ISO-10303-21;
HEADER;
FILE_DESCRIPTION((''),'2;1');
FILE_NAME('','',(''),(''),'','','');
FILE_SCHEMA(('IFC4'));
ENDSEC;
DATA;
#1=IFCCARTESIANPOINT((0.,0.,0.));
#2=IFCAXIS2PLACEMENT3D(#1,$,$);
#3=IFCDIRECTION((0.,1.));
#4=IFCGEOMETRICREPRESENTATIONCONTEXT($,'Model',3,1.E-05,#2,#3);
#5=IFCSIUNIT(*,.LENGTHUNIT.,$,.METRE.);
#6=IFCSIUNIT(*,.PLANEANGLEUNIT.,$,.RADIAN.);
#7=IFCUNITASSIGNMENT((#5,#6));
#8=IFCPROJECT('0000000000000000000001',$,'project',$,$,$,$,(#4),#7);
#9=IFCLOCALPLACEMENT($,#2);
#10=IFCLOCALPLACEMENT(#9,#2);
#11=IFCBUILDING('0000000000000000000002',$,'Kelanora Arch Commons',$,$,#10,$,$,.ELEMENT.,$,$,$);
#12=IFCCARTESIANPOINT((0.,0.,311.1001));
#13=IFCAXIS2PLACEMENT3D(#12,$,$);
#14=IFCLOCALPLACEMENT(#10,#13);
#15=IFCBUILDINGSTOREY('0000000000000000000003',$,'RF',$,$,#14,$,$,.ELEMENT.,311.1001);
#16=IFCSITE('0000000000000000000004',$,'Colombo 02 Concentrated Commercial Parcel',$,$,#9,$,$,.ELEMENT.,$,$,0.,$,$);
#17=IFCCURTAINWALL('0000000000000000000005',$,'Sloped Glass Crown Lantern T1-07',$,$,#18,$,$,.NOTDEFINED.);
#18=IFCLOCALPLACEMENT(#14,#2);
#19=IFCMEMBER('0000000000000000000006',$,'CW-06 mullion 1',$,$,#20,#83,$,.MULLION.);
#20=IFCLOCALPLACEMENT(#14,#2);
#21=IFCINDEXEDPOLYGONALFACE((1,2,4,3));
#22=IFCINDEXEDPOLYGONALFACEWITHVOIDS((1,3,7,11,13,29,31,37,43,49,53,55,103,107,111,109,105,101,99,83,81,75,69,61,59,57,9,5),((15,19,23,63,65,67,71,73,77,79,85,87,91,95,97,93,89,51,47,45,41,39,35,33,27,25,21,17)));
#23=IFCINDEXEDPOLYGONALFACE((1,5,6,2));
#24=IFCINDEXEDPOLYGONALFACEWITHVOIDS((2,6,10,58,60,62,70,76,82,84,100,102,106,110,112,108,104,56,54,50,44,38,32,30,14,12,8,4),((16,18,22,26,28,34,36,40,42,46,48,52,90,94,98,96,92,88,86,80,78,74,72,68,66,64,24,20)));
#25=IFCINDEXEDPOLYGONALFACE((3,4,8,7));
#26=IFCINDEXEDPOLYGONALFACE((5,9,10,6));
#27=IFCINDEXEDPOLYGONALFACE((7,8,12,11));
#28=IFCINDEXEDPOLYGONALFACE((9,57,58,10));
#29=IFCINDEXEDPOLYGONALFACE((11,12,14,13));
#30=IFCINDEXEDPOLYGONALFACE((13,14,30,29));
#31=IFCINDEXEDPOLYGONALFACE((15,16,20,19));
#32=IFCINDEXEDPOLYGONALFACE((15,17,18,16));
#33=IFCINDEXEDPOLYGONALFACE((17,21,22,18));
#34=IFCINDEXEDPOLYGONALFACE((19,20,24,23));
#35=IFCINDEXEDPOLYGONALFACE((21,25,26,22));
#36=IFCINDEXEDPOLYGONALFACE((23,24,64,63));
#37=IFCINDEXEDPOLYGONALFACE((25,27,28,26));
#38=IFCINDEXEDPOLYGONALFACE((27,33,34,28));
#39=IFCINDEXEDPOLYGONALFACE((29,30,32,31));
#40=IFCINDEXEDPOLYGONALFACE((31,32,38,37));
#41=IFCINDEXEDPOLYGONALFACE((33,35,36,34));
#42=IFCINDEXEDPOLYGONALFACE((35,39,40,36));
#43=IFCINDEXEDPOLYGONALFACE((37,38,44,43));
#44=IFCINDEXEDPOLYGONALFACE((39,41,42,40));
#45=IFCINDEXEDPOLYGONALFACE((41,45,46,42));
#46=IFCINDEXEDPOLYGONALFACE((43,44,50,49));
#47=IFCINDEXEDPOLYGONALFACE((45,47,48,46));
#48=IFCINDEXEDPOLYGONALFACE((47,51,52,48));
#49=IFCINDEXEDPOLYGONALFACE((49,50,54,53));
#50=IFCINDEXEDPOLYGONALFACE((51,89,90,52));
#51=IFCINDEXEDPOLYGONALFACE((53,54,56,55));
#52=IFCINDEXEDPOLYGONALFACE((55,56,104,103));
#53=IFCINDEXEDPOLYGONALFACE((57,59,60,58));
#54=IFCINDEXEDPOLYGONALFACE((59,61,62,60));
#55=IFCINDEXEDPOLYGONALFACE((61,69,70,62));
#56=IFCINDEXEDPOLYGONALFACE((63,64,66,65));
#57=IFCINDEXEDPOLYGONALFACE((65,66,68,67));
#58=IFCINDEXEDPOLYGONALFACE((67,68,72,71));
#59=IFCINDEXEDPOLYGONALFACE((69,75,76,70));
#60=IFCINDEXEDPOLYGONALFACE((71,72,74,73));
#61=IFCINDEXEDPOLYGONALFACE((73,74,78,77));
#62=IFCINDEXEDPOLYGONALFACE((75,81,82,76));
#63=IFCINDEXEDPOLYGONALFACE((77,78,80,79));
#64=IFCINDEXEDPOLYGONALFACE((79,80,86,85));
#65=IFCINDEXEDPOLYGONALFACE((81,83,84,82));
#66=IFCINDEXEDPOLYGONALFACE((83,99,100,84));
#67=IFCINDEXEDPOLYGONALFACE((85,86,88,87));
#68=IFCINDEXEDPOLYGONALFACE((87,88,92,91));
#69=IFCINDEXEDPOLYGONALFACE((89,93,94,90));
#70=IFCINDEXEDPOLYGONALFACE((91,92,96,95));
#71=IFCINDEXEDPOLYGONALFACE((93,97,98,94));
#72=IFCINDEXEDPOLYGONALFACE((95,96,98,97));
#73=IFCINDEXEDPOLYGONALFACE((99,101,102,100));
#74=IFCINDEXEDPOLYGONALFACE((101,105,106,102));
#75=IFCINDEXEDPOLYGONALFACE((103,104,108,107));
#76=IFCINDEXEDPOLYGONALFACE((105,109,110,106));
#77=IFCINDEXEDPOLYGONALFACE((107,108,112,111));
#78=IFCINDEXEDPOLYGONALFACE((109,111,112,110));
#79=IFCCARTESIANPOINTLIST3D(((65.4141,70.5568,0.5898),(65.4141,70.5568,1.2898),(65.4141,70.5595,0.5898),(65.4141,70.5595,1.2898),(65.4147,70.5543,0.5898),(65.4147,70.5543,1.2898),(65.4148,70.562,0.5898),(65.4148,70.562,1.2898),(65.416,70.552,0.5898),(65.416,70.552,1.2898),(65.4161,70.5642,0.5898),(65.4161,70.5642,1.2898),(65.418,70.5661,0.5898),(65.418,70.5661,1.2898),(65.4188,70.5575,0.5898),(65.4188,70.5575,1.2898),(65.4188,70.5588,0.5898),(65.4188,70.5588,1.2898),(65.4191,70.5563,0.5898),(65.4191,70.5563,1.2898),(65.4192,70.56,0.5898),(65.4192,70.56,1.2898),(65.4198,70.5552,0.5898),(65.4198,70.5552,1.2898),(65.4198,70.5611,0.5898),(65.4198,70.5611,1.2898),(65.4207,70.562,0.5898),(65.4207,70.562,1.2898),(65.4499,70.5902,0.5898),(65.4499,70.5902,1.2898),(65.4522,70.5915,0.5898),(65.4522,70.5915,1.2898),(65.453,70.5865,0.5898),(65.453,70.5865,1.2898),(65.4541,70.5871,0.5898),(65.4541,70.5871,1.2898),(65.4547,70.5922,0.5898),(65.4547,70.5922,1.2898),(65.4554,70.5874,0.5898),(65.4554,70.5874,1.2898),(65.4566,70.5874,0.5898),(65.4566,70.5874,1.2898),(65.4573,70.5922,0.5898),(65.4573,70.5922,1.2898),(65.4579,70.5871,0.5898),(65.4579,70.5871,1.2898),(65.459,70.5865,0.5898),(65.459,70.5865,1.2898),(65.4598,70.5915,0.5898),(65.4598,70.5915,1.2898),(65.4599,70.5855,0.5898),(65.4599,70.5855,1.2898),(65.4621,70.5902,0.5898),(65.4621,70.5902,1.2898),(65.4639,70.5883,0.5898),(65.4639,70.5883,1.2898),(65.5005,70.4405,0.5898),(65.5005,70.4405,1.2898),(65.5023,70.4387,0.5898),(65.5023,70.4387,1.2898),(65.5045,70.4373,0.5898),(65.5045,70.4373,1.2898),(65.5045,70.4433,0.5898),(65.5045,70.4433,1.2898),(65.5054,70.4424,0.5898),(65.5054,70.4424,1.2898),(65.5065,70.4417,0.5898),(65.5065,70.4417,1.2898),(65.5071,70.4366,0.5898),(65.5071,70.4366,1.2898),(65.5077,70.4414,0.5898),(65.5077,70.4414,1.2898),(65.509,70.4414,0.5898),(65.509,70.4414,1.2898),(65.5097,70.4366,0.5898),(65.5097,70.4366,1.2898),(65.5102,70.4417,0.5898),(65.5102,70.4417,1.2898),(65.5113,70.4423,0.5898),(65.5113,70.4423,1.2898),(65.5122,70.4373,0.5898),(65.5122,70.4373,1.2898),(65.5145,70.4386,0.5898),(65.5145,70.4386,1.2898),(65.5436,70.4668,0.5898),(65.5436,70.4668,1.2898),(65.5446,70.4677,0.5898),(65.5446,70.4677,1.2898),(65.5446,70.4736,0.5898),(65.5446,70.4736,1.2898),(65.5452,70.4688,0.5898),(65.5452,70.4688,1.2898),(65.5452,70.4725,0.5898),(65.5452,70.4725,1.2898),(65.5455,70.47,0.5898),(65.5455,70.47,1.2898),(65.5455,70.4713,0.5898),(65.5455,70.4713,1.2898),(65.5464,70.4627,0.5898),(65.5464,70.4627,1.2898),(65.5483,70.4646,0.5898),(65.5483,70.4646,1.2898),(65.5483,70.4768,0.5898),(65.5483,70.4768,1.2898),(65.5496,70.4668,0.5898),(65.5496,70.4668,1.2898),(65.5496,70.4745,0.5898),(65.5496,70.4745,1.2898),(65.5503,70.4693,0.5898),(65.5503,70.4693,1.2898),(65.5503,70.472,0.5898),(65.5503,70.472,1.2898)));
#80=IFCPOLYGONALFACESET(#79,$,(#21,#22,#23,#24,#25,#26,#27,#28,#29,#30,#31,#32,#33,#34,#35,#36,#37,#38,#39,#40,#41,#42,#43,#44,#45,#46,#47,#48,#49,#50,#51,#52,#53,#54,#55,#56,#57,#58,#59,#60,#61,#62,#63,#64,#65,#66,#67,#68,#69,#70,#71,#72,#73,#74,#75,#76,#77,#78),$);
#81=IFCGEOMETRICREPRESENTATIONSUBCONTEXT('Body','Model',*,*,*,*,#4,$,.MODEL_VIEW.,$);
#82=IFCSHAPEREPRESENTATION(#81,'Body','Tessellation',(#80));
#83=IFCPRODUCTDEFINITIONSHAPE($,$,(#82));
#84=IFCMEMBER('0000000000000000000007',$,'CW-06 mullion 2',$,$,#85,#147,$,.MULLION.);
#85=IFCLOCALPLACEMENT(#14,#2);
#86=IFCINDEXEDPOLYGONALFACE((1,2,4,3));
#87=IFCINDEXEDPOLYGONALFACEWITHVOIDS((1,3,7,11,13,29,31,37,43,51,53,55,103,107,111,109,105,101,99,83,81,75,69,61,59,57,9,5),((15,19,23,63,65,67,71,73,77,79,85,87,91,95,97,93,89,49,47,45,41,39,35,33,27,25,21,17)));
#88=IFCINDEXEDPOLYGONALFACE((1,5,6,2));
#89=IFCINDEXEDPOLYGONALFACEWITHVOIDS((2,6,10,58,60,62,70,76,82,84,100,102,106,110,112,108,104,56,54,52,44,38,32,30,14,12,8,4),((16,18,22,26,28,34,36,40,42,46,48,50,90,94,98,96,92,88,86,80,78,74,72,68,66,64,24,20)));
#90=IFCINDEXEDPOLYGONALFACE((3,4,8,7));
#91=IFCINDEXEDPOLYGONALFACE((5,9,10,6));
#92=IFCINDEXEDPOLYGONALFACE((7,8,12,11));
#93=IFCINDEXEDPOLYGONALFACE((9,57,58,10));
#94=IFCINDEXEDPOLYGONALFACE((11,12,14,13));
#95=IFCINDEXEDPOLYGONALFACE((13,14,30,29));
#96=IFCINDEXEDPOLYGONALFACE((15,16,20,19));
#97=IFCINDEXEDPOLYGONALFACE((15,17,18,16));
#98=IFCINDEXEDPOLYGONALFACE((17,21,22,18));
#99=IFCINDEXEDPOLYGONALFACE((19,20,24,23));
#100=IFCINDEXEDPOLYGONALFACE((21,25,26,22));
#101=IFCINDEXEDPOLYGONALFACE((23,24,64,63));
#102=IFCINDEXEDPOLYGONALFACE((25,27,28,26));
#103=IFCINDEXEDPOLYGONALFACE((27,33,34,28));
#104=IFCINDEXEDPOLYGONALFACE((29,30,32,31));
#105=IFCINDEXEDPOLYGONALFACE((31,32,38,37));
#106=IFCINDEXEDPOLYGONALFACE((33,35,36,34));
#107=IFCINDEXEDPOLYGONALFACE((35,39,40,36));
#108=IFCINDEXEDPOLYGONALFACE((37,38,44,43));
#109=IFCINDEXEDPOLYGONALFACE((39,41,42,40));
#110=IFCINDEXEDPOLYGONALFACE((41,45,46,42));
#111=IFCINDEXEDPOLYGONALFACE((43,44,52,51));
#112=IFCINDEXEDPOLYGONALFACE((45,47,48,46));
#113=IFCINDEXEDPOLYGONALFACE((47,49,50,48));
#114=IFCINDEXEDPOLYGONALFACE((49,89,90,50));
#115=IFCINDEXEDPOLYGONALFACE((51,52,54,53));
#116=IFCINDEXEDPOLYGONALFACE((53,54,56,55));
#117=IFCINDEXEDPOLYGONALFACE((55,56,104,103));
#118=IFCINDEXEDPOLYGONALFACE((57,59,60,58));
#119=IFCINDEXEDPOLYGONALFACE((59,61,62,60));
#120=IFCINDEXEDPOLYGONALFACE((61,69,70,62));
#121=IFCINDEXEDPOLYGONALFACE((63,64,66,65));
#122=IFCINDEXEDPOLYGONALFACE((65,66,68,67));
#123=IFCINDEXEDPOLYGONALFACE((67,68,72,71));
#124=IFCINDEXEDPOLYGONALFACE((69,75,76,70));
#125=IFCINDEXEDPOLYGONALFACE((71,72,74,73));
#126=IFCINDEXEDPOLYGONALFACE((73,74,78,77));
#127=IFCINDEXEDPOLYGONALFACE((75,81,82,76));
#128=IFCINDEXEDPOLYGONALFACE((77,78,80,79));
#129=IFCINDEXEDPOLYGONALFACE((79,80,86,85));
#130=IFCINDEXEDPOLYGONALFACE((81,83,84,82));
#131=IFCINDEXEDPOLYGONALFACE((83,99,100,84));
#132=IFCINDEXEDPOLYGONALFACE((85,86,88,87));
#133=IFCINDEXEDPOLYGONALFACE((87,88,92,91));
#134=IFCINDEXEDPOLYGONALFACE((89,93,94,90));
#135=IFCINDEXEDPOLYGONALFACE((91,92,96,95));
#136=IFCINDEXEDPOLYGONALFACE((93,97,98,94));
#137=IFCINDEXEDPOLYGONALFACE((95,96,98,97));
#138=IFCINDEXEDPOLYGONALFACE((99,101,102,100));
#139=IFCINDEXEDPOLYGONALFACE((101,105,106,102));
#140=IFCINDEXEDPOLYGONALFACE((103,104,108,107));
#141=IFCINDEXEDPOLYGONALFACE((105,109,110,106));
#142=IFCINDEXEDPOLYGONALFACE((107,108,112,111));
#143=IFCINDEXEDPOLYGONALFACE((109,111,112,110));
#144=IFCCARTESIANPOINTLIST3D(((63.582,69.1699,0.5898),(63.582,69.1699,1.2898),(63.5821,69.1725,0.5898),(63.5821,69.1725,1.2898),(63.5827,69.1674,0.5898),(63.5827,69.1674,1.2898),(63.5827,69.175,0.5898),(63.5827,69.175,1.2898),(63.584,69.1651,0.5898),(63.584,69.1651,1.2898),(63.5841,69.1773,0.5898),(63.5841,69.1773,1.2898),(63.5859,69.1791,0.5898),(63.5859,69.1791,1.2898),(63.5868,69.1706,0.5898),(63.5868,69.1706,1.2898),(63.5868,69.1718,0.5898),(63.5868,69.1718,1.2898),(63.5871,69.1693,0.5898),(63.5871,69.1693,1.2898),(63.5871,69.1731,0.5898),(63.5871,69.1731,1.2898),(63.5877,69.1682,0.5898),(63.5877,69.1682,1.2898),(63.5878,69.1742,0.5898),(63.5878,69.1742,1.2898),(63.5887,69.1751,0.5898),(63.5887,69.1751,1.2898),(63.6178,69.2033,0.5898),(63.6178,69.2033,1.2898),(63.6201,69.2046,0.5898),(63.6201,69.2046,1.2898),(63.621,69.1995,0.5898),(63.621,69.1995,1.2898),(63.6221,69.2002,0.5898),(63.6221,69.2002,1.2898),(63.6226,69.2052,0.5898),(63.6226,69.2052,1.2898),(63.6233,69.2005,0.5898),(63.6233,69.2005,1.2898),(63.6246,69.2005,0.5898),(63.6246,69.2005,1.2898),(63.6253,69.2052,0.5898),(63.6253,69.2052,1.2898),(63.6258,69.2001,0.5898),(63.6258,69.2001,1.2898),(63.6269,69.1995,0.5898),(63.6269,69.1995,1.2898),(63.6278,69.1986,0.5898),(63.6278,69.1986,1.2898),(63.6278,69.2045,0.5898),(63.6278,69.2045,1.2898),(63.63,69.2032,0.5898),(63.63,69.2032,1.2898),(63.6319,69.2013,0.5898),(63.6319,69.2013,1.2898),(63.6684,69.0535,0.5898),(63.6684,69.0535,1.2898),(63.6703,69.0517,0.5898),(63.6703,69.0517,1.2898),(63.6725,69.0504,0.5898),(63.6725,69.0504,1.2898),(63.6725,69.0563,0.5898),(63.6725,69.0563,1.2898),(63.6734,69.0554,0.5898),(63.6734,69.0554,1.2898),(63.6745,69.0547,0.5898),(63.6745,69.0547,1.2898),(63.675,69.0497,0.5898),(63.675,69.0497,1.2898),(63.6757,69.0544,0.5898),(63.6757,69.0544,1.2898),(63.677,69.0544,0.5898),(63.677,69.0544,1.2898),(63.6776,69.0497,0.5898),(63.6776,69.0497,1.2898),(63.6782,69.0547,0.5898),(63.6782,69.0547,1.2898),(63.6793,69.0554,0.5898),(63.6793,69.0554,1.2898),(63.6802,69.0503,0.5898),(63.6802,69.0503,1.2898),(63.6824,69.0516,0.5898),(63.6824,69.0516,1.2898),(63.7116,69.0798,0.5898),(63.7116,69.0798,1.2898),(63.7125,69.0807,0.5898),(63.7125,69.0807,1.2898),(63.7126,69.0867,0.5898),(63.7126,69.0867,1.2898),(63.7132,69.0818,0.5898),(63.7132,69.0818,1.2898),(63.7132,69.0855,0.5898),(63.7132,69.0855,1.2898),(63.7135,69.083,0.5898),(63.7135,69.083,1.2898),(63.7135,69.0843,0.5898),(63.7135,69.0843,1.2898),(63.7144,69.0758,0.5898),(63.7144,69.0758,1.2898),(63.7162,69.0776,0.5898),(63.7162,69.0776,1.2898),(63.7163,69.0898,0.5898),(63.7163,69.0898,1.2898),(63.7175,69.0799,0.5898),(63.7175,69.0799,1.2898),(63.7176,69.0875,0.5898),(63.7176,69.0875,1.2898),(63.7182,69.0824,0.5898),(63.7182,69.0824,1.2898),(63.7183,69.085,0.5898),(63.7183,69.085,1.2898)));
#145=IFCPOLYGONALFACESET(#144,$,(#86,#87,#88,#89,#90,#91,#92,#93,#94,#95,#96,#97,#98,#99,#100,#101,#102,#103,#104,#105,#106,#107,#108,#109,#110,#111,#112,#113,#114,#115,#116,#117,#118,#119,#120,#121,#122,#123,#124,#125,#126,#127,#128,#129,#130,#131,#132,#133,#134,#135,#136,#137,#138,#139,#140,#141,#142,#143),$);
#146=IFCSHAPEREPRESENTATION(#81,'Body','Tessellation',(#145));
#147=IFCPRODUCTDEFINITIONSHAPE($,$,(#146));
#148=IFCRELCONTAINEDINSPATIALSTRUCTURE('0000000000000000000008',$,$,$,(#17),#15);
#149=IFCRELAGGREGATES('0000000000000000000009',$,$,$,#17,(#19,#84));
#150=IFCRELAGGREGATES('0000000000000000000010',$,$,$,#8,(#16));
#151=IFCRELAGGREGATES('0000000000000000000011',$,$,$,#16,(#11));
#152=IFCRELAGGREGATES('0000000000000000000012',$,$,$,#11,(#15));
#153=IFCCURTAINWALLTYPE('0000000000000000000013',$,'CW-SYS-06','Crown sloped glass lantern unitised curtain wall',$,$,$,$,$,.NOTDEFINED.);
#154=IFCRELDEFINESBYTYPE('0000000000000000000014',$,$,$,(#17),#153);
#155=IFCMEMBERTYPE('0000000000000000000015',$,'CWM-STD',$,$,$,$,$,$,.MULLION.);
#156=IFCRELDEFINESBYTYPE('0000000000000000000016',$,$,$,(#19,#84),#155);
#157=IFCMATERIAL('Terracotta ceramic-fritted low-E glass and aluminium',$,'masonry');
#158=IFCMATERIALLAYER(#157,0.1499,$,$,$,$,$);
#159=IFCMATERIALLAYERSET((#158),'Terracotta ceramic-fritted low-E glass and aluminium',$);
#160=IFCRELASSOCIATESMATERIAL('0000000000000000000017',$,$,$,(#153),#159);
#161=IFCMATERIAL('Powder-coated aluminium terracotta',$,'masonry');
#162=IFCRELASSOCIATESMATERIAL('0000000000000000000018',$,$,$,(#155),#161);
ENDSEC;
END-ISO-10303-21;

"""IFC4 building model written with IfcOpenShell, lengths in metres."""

from ifc_helpers import new_model, si_unit, direction, frame, origin, origin_2d, place, context, subcontext, project, spatial, hollow_rectangle, extrude, material, layer, layer_set, material_profile, profile_set, type_object, element, aggregate, save


model = new_model("IFC4")

# Units and contexts
model_context = context("Model", 3, precision=1e-05, world=origin(), true_north=direction((0.0, 1.0)))
body_context = subcontext(model_context, "Body", "Model", "MODEL_VIEW")
ifc_project = project(units=[si_unit("LENGTHUNIT", "METRE"), si_unit("PLANEANGLEUNIT", "RADIAN")], contexts=[model_context])

# Site, building, storey
site_placement = place(None, origin())
site = spatial("IfcSite", under=ifc_project, at=site_placement, Name="Colombo 02 Concentrated Commercial Parcel", CompositionType="ELEMENT", RefElevation=0.0)
building_placement = place(site_placement, origin())
building = spatial("IfcBuilding", under=site, at=building_placement, Name="Kelanora Arch Commons", CompositionType="ELEMENT")
storey_placement = place(building_placement, frame((0.0, 0.0, 311.1001)))
storey = spatial("IfcBuildingStorey", under=building, at=storey_placement, Name="RF", CompositionType="ELEMENT", Elevation=311.1001)

# Curtain wall, members
ifc_material_1 = material(Name="Terracotta ceramic-fritted low-E glass and aluminium", Category="masonry")
ifc_layer_1 = layer(ifc_material_1, 0.1499)
ifc_layer_set_1 = layer_set([ifc_layer_1], Name="Terracotta ceramic-fritted low-E glass and aluminium")
curtain_wall_type = type_object("IfcCurtainWallType", Name="CW-SYS-06", Description="Crown sloped glass lantern unitised curtain wall", PredefinedType="NOTDEFINED", material=ifc_layer_set_1)
curtain_wall_1_placement = place(storey_placement, origin())
curtain_wall_1 = element("IfcCurtainWall", 1, at=curtain_wall_1_placement, inside=storey, type_object=curtain_wall_type, Name="Sloped Glass Crown Lantern T1-07", PredefinedType="NOTDEFINED")
ifc_material_2 = material(Name="Powder-coated aluminium terracotta", Category="masonry")
ifc_material_profile_1 = material_profile(ifc_material_2, hollow_rectangle(XDim=0.1599, YDim=0.0601, WallThickness=0.0049, InnerFilletRadius=0.0049, OuterFilletRadius=0.01, at=origin_2d()), Name="CWM160x60")
ifc_profile_set_1 = profile_set([ifc_material_profile_1], Name="Powder-coated aluminium terracotta")
member_type_1 = type_object("IfcMemberType", Name="CWM-STD", PredefinedType="MULLION", material=ifc_profile_set_1)
member_1_placement = place(storey_placement, frame((65.4822, 70.5144, 0.5898), z_axis=(0.0, 0.0, 1.0), x_axis=(0.603568, -0.797311, 0.0)))
member_1 = element("IfcMember", 2, at=member_1_placement, type_object=member_type_1, Name="CW-06 mullion 1", PredefinedType="MULLION", context=body_context, shape_type="SweptSolid", body=[
    extrude(hollow_rectangle(XDim=0.1599, YDim=0.0601, WallThickness=0.0049, InnerFilletRadius=0.0049, OuterFilletRadius=0.01, at=origin_2d()), origin(), (0.0, 0.0, 1.0), 0.7),
])
member_2_placement = place(storey_placement, frame((63.6501, 69.1274, 0.5898), z_axis=(0.0, 0.0, 1.0), x_axis=(0.603568, -0.797311, 0.0)))
member_2 = element("IfcMember", 3, at=member_2_placement, type_object=member_type_1, Name="CW-06 mullion 2", PredefinedType="MULLION", context=body_context, shape_type="SweptSolid", body=[
    extrude(hollow_rectangle(XDim=0.1599, YDim=0.0601, WallThickness=0.0049, InnerFilletRadius=0.0049, OuterFilletRadius=0.01, at=origin_2d()), origin(), (0.0, 0.0, 1.0), 0.7),
])

aggregate(curtain_wall_1, [member_1, member_2])

save(model, "model.ifc")
